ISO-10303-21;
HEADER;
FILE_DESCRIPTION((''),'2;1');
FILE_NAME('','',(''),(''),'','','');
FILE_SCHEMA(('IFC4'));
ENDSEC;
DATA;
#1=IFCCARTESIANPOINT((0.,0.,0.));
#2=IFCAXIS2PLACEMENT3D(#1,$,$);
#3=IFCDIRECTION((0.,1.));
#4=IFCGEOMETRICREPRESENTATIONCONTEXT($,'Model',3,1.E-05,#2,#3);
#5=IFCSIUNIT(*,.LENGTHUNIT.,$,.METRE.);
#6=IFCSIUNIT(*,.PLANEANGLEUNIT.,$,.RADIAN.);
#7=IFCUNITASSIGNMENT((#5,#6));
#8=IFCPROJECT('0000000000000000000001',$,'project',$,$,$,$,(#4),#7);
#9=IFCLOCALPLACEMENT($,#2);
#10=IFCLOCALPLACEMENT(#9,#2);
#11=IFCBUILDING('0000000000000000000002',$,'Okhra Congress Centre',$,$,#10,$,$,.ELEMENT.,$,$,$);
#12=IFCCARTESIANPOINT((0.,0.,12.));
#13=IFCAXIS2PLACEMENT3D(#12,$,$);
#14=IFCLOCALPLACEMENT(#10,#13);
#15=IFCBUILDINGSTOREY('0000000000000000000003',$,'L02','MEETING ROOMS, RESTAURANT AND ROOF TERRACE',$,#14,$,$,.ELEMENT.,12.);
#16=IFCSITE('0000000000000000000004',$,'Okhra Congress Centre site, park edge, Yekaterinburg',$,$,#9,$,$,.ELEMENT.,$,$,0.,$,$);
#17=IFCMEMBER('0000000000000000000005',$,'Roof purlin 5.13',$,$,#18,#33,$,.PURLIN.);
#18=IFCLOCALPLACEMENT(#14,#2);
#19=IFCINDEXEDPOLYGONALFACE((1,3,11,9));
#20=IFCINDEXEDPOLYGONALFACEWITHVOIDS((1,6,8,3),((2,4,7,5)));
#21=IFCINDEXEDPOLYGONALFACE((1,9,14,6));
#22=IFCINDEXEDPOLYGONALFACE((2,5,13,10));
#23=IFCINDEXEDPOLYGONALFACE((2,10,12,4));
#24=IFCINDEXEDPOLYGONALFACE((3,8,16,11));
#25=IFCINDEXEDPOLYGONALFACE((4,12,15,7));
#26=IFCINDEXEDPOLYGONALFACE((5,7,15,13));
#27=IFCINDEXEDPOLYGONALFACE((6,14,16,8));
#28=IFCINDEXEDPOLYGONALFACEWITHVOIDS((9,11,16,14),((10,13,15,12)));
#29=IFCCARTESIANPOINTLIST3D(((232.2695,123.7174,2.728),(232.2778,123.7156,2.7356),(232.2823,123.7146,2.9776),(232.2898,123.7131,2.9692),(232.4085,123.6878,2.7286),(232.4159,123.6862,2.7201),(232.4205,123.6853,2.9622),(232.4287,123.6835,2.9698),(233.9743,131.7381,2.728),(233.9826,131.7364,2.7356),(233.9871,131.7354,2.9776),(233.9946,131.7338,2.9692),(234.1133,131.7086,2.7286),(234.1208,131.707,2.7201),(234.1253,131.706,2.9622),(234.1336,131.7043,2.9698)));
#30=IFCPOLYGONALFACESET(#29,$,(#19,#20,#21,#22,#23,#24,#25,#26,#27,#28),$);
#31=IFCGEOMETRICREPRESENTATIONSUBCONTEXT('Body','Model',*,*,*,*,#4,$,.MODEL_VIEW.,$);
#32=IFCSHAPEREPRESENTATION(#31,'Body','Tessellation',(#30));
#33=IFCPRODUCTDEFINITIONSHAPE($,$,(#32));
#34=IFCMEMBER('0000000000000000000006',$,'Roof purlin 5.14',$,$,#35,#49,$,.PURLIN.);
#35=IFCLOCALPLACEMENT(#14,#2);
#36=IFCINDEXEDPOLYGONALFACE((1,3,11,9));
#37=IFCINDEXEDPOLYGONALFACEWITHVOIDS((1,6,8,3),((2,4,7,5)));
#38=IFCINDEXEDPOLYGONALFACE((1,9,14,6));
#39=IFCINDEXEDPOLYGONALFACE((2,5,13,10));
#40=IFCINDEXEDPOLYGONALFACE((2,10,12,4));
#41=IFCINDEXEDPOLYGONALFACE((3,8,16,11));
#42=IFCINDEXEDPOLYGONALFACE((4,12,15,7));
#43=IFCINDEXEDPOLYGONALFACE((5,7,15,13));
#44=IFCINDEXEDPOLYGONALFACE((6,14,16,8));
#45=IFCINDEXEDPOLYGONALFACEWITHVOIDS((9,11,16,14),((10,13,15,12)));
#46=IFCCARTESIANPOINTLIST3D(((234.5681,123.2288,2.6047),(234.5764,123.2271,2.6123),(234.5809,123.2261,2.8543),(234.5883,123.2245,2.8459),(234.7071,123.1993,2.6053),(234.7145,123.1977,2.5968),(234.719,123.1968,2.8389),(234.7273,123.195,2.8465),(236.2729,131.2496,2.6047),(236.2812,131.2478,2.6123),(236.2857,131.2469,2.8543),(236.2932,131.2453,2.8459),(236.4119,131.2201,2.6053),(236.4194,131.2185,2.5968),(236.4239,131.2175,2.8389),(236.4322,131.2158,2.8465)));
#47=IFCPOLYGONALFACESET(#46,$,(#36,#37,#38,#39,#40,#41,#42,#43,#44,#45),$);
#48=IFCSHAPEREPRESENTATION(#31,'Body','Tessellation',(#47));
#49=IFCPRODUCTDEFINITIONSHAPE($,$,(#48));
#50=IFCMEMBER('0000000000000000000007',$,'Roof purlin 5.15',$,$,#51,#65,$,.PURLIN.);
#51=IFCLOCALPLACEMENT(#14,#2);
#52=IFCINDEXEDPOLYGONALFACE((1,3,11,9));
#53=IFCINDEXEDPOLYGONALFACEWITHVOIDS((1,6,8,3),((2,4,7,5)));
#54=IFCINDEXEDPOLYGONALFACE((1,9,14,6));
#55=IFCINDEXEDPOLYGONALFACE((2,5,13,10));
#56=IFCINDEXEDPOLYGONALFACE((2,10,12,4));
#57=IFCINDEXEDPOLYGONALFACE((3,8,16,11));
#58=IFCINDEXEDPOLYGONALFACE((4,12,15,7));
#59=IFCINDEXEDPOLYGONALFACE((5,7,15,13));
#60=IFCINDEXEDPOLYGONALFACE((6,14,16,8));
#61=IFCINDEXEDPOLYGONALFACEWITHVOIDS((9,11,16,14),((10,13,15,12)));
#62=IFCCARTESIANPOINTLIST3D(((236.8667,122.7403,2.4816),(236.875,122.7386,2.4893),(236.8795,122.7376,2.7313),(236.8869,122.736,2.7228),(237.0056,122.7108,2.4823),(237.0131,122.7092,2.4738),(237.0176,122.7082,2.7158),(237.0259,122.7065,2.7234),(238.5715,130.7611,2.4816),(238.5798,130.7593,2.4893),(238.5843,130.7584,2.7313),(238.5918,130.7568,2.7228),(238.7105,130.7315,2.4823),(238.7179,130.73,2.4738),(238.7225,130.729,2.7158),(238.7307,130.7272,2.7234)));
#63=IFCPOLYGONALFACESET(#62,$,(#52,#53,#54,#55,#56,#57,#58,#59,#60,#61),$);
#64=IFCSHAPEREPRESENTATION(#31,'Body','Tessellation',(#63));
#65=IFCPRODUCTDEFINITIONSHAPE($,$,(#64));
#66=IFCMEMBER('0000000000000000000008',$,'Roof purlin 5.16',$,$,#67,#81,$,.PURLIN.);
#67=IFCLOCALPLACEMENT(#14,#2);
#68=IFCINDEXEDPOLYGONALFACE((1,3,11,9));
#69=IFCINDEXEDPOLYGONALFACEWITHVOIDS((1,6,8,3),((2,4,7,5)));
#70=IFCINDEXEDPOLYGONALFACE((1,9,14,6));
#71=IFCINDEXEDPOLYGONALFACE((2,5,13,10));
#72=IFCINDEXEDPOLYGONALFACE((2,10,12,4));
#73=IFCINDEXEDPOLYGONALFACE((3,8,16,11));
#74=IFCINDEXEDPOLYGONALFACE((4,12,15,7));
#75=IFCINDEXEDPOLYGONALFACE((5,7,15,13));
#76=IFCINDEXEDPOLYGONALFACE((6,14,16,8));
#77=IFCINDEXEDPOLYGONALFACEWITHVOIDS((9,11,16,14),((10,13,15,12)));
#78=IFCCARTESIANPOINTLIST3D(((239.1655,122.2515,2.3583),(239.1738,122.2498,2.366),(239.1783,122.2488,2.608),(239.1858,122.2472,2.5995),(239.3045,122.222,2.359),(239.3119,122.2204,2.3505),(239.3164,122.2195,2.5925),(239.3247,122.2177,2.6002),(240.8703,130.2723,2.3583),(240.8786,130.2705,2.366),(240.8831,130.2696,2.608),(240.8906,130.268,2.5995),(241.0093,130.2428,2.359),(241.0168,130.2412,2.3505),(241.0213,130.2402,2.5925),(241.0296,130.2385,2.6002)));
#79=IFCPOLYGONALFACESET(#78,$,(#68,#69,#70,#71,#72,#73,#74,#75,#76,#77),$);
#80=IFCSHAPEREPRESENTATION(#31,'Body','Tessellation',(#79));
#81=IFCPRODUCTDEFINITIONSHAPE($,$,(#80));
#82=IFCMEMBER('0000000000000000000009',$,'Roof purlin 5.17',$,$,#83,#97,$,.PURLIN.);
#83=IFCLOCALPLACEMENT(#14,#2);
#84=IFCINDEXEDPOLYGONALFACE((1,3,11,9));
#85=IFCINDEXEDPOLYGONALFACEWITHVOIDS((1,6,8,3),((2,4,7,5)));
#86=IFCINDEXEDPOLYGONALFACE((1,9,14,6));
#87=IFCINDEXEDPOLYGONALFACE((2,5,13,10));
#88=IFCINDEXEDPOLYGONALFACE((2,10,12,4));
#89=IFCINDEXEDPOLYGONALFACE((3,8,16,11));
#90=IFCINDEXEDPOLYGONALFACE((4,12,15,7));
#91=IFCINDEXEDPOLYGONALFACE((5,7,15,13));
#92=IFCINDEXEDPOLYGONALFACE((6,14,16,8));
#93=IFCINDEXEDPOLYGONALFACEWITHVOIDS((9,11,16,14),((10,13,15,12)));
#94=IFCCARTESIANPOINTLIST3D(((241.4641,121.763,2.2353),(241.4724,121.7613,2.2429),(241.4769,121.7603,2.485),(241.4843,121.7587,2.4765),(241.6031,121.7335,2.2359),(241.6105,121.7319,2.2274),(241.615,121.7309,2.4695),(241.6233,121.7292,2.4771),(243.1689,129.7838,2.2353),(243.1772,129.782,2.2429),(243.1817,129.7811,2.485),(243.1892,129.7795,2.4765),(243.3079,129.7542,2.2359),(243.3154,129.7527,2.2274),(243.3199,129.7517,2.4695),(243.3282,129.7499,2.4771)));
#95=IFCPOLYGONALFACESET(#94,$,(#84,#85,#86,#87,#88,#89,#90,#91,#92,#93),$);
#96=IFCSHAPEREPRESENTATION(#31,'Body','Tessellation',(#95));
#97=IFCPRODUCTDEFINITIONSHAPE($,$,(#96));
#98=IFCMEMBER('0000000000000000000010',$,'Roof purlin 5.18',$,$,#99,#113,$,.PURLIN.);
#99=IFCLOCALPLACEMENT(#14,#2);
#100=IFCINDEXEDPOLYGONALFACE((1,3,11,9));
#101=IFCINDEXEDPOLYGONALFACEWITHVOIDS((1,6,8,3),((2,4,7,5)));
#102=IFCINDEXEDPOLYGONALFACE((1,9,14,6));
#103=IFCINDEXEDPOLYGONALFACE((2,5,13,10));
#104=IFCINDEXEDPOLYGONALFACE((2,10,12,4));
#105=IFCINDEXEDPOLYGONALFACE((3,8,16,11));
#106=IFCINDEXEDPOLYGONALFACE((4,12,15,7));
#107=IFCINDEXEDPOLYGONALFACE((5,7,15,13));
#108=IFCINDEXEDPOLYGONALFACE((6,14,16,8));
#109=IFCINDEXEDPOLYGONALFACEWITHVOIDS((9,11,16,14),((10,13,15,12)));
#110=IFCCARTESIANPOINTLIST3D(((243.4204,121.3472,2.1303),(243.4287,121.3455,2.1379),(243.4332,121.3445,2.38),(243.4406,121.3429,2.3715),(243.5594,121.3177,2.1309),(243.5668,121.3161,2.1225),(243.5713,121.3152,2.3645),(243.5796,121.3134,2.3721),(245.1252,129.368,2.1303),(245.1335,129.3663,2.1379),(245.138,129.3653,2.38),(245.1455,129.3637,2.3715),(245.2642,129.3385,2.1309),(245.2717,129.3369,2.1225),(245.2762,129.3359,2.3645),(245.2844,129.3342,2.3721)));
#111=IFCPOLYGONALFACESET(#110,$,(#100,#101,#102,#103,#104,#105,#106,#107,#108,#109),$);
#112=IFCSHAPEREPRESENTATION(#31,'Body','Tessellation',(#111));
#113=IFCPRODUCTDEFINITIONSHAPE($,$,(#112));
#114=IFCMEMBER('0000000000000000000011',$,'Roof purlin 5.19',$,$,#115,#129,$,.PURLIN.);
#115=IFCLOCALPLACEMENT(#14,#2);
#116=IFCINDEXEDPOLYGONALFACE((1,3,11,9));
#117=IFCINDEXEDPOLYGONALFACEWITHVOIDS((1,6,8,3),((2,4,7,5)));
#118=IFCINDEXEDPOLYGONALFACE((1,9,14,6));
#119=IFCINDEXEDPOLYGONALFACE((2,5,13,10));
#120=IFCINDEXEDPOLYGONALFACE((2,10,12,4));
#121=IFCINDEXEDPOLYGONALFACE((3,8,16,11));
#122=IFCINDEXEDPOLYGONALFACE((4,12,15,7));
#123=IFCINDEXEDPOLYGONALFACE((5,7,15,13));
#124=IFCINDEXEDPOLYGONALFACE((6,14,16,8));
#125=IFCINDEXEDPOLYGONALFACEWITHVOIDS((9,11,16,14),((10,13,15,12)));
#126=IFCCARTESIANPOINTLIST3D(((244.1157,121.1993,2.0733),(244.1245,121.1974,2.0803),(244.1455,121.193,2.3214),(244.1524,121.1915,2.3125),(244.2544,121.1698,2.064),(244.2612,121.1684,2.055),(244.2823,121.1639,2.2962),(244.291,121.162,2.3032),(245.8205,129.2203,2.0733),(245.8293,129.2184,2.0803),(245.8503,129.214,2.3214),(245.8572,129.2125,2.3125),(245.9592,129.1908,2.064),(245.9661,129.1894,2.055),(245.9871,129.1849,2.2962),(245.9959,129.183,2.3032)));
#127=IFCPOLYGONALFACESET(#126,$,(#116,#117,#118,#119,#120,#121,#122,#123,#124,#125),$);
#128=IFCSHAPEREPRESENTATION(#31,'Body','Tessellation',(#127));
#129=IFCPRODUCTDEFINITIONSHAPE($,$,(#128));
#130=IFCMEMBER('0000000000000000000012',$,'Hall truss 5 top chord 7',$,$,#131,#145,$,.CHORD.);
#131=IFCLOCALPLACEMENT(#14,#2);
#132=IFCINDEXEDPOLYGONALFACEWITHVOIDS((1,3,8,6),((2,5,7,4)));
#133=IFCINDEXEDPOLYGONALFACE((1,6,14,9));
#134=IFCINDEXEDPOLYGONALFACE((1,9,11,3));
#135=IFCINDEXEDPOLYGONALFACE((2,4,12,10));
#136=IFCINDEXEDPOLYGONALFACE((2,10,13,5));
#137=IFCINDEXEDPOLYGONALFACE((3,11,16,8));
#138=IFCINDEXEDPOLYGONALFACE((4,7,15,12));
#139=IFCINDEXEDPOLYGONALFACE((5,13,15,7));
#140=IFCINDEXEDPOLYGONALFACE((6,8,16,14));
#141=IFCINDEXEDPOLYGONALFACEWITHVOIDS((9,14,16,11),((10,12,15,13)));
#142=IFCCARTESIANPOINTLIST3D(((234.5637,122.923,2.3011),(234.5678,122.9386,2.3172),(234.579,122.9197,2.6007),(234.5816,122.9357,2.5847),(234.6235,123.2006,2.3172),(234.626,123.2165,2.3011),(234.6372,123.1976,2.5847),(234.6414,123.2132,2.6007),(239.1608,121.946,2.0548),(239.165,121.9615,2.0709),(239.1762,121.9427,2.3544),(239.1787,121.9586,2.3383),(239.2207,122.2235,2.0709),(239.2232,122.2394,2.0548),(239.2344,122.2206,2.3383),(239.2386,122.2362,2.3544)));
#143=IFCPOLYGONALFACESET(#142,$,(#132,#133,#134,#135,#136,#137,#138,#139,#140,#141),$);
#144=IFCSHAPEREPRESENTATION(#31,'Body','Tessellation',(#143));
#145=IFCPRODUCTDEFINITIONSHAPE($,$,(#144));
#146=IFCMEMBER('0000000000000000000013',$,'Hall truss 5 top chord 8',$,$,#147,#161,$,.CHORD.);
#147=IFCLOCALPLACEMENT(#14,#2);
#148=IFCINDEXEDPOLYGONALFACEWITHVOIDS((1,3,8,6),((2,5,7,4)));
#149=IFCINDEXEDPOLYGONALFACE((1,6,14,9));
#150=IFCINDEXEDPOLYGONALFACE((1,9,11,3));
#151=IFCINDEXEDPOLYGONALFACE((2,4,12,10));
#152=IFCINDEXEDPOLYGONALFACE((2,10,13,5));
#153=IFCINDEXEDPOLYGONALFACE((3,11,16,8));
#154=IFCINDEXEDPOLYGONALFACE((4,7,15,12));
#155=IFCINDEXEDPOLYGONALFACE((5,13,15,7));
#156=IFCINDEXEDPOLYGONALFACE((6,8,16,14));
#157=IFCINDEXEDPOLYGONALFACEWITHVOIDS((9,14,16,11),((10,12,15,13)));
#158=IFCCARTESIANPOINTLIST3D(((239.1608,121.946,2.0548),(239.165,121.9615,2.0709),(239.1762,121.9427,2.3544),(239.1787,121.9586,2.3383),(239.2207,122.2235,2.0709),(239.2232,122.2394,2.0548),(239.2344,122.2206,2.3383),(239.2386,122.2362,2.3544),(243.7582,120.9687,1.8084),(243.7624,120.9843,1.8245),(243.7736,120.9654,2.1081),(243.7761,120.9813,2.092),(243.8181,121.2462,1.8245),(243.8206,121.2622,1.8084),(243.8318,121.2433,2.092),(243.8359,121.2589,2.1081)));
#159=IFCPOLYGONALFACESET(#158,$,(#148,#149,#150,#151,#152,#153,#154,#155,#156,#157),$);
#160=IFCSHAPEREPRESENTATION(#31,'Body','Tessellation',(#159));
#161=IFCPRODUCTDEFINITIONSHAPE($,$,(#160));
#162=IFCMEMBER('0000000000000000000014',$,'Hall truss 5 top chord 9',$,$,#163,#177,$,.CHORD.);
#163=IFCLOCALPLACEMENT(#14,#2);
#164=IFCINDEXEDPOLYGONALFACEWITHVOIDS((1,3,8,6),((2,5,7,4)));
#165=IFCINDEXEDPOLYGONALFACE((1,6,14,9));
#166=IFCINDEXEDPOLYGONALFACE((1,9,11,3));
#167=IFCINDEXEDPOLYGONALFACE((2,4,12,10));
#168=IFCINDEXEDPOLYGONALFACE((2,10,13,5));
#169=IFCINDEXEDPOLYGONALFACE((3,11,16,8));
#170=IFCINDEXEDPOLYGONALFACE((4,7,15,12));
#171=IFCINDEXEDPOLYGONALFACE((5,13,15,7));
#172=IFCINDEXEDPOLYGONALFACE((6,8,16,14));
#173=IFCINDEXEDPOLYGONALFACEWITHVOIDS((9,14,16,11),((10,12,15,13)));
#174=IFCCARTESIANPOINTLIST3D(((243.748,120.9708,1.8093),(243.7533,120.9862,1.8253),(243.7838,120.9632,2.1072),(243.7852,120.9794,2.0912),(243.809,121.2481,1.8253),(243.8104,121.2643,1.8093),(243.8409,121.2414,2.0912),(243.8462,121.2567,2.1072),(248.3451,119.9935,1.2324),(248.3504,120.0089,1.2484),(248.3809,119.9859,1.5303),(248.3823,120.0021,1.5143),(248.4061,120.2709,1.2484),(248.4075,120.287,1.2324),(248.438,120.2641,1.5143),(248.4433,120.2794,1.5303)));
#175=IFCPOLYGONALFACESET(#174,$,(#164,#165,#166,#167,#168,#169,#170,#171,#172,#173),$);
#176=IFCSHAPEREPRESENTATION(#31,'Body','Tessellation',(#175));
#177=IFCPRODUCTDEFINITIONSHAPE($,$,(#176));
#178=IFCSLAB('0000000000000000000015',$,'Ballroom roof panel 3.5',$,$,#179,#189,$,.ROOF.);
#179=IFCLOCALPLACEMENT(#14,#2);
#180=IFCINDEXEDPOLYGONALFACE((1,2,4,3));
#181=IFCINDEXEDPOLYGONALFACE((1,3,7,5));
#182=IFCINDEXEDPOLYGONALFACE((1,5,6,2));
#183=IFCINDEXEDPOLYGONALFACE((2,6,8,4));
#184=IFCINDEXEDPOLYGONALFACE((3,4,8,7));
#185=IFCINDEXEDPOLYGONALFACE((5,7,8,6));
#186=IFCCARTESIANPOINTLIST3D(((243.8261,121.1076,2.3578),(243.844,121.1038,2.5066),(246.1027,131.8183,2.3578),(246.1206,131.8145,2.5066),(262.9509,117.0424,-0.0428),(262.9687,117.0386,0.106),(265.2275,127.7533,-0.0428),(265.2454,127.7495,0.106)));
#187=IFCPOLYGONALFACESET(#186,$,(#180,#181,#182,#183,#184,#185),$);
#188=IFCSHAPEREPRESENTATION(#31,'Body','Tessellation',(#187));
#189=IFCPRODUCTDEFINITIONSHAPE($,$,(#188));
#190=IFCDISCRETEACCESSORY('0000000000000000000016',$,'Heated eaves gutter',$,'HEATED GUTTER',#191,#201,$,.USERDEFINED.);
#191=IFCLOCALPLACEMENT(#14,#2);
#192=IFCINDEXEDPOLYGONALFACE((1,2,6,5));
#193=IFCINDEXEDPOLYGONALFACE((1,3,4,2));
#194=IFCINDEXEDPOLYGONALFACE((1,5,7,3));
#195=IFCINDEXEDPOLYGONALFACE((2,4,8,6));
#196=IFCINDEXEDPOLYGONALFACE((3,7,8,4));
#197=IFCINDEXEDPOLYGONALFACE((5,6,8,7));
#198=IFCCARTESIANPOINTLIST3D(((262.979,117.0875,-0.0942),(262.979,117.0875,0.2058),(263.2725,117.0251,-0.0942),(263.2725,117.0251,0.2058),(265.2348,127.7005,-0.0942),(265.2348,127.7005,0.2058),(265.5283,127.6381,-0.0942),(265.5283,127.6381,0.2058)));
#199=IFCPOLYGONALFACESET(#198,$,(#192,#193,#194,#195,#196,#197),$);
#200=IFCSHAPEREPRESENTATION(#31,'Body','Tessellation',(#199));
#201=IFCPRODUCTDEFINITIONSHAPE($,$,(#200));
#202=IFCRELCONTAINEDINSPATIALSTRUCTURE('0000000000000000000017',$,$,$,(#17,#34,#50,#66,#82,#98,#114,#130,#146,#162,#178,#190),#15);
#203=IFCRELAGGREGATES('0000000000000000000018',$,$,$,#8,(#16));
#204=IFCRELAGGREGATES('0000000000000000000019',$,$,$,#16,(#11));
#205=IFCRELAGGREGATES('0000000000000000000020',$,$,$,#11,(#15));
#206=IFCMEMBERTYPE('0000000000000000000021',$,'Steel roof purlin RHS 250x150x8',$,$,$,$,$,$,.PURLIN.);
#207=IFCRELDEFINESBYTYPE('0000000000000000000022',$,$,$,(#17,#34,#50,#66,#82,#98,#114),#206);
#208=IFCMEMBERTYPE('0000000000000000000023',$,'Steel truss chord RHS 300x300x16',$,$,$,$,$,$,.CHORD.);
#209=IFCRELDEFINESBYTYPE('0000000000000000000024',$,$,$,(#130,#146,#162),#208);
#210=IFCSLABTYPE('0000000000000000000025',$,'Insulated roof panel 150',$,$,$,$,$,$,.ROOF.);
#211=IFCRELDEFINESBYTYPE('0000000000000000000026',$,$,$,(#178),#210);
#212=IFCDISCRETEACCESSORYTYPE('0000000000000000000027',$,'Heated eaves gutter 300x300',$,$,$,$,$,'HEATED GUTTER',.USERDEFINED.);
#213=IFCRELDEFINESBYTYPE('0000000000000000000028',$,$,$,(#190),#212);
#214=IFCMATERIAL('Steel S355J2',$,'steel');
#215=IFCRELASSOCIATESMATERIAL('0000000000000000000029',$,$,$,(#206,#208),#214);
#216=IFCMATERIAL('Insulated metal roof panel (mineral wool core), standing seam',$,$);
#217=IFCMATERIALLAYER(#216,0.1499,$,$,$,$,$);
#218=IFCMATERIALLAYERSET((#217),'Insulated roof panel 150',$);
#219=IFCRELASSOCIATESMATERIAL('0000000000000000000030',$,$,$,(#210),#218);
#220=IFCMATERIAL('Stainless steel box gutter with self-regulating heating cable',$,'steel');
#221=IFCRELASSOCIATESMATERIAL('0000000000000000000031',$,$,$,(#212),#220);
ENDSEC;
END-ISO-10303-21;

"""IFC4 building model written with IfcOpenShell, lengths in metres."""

from ifc_helpers import new_model, si_unit, direction, frame, origin, origin_2d, place, context, subcontext, project, spatial, polyline, rectangle, hollow_rectangle, outline, extrude, material, layer, layer_set, material_profile, profile_set, type_object, element, save


model = new_model("IFC4")

# Units and contexts
model_context = context("Model", 3, precision=1e-05, world=origin(), true_north=direction((0.0, 1.0)))
body_context = subcontext(model_context, "Body", "Model", "MODEL_VIEW")
ifc_project = project(units=[si_unit("LENGTHUNIT", "METRE"), si_unit("PLANEANGLEUNIT", "RADIAN")], contexts=[model_context])

# Site, building, storey
site_placement = place(None, origin())
site = spatial("IfcSite", under=ifc_project, at=site_placement, Name="Okhra Congress Centre site, park edge, Yekaterinburg", CompositionType="ELEMENT", RefElevation=0.0)
building_placement = place(site_placement, origin())
building = spatial("IfcBuilding", under=site, at=building_placement, Name="Okhra Congress Centre", CompositionType="ELEMENT")
storey_placement = place(building_placement, frame((0.0, 0.0, 12.0)))
storey = spatial("IfcBuildingStorey", under=building, at=storey_placement, Name="L02", Description="MEETING ROOMS, RESTAURANT AND ROOF TERRACE", CompositionType="ELEMENT", Elevation=12.0)

# Members
ifc_material_1 = material(Name="Steel S355J2", Category="steel")
ifc_material_profile_1 = material_profile(ifc_material_1, hollow_rectangle(XDim=0.1499, YDim=0.25, WallThickness=0.0081, at=origin_2d()), Name="RHS 250x150x8")
ifc_profile_set_1 = profile_set([ifc_material_profile_1], Name="Steel S355J2")
member_type_1 = type_object("IfcMemberType", Name="Steel roof purlin RHS 250x150x8", PredefinedType="PURLIN", material=ifc_profile_set_1)
for number, where, z_axis, x_axis, name in (
    (1, (232.3491, 123.7004, 2.8489), (0.207908, 0.978148, 0.0), (-0.976808, 0.207623, 0.052336), "Roof purlin 5.13"),
    (2, (234.6477, 123.2119, 2.7256), (0.207908, 0.978148, 0.0), (-0.976808, 0.207623, 0.052336), "Roof purlin 5.14"),
    (3, (236.9463, 122.7234, 2.6025), (0.207908, 0.978148, 0.0), (-0.976808, 0.207623, 0.052336), "Roof purlin 5.15"),
    (4, (239.2451, 122.2346, 2.4792), (0.207908, 0.978148, 0.0), (-0.976808, 0.207623, 0.052336), "Roof purlin 5.16"),
    (5, (241.5437, 121.7461, 2.3562), (0.207908, 0.978148, 0.0), (-0.976808, 0.207623, 0.052336), "Roof purlin 5.17"),
    (6, (243.5, 121.3303, 2.2512), (0.207908, 0.978148, 0.0), (-0.976808, 0.207623, 0.052336), "Roof purlin 5.18"),
):
    element("IfcMember", number, at=place(storey_placement, frame(where, z_axis=z_axis, x_axis=x_axis)), inside=storey, type_object=member_type_1, Name=name, PredefinedType="PURLIN", context=body_context, shape_type="SweptSolid", body=[
        extrude(hollow_rectangle(XDim=0.1499, YDim=0.25, WallThickness=0.0081, at=origin_2d()), origin(), (0.0, 0.0, 1.0), 8.2),
    ])
member_1_placement = place(storey_placement, frame((244.2034, 121.1807, 2.1882), z_axis=(0.207902, 0.97815, 0.0), x_axis=(-0.970859, 0.206353, 0.121869)))
element("IfcMember", 7, at=member_1_placement, inside=storey, type_object=member_type_1, Name="Roof purlin 5.19", PredefinedType="PURLIN", context=body_context, shape_type="SweptSolid", body=[
    extrude(hollow_rectangle(XDim=0.1499, YDim=0.25, WallThickness=0.0081, at=origin_2d()), origin(), (0.0, 0.0, 1.0), 8.2002),
])
ifc_material_profile_2 = material_profile(ifc_material_1, hollow_rectangle(XDim=0.3, YDim=0.3, WallThickness=0.0161, at=origin_2d()), Name="RHS 300x300x16")
ifc_profile_set_2 = profile_set([ifc_material_profile_2], Name="Steel S355J2")
member_type_2 = type_object("IfcMemberType", Name="Steel truss chord RHS 300x300x16", PredefinedType="CHORD", material=ifc_profile_set_2)
member_2_placement = place(storey_placement, frame((234.6025, 123.0681, 2.4509), z_axis=(0.976811, -0.207605, -0.052342), x_axis=(0.20789, 0.978152, 0.0)))
element("IfcMember", 8, at=member_2_placement, inside=storey, type_object=member_type_2, Name="Hall truss 5 top chord 7", PredefinedType="CHORD", context=body_context, shape_type="SweptSolid", body=[
    extrude(hollow_rectangle(XDim=0.3, YDim=0.3, WallThickness=0.0161, at=origin_2d()), origin(), (0.0, 0.0, 1.0), 4.7063),
])
member_3_placement = place(storey_placement, frame((239.1997, 122.0911, 2.2046), z_axis=(0.976803, -0.207644, -0.052339), x_axis=(0.207929, 0.978144, 0.0)))
element("IfcMember", 9, at=member_3_placement, inside=storey, type_object=member_type_2, Name="Hall truss 5 top chord 8", PredefinedType="CHORD", context=body_context, shape_type="SweptSolid", body=[
    extrude(hollow_rectangle(XDim=0.3, YDim=0.3, WallThickness=0.0161, at=origin_2d()), origin(), (0.0, 0.0, 1.0), 4.7065),
])
member_4_placement = place(storey_placement, frame((243.7971, 121.1138, 1.9583), z_axis=(0.970855, -0.20639, -0.121834), x_axis=(0.20794, 0.978142, 0.0)))
element("IfcMember", 10, at=member_4_placement, inside=storey, type_object=member_type_2, Name="Hall truss 5 top chord 9", PredefinedType="CHORD", context=body_context, shape_type="SweptSolid", body=[
    extrude(hollow_rectangle(XDim=0.3, YDim=0.3, WallThickness=0.0161, at=origin_2d()), origin(), (0.0, 0.0, 1.0), 4.7351),
])

# Slab
ifc_material_2 = material(Name="Insulated metal roof panel (mineral wool core), standing seam")
ifc_layer_1 = layer(ifc_material_2, 0.1499)
ifc_layer_set_1 = layer_set([ifc_layer_1], Name="Insulated roof panel 150")
slab_type = type_object("IfcSlabType", Name="Insulated roof panel 150", PredefinedType="ROOF", material=ifc_layer_set_1)
slab_placement = place(storey_placement, frame((243.844, 121.1038, 2.5066), z_axis=(0.119204, -0.025337, 0.992546), x_axis=(0.970856, -0.206367, -0.121867)))
element("IfcSlab", 11, at=slab_placement, inside=storey, type_object=slab_type, Name="Ballroom roof panel 3.5", PredefinedType="ROOF", context=body_context, shape_type="SweptSolid", body=[
    extrude(outline(polyline([(0.0, 0.0), (19.6989, 0.0), (19.6987, 10.9502), (-0.0001, 10.95), (0.0, 0.0)])), origin(), (0.0, 0.0, -1.0), 0.1499),
])

# Discrete accessory
ifc_material_3 = material(Name="Stainless steel box gutter with self-regulating heating cable", Category="steel")
discrete_accessory_type_1 = type_object("IfcDiscreteAccessoryType", Name="Heated eaves gutter 300x300", ElementType="HEATED GUTTER", PredefinedType="USERDEFINED", material=ifc_material_3)
discrete_accessory_1_placement = place(storey_placement, frame((264.2537, 122.3628, -0.0942), z_axis=(0.0, 0.0, 1.0), x_axis=(0.978148, -0.207912, 0.0)))
element("IfcDiscreteAccessory", 12, at=discrete_accessory_1_placement, inside=storey, type_object=discrete_accessory_type_1, Name="Heated eaves gutter", ObjectType="HEATED GUTTER", PredefinedType="USERDEFINED", context=body_context, shape_type="SweptSolid", body=[
    extrude(rectangle(XDim=0.3, YDim=10.8501, at=origin_2d()), origin(), (0.0, 0.0, 1.0), 0.3),
])

save(model, "model.ifc")
